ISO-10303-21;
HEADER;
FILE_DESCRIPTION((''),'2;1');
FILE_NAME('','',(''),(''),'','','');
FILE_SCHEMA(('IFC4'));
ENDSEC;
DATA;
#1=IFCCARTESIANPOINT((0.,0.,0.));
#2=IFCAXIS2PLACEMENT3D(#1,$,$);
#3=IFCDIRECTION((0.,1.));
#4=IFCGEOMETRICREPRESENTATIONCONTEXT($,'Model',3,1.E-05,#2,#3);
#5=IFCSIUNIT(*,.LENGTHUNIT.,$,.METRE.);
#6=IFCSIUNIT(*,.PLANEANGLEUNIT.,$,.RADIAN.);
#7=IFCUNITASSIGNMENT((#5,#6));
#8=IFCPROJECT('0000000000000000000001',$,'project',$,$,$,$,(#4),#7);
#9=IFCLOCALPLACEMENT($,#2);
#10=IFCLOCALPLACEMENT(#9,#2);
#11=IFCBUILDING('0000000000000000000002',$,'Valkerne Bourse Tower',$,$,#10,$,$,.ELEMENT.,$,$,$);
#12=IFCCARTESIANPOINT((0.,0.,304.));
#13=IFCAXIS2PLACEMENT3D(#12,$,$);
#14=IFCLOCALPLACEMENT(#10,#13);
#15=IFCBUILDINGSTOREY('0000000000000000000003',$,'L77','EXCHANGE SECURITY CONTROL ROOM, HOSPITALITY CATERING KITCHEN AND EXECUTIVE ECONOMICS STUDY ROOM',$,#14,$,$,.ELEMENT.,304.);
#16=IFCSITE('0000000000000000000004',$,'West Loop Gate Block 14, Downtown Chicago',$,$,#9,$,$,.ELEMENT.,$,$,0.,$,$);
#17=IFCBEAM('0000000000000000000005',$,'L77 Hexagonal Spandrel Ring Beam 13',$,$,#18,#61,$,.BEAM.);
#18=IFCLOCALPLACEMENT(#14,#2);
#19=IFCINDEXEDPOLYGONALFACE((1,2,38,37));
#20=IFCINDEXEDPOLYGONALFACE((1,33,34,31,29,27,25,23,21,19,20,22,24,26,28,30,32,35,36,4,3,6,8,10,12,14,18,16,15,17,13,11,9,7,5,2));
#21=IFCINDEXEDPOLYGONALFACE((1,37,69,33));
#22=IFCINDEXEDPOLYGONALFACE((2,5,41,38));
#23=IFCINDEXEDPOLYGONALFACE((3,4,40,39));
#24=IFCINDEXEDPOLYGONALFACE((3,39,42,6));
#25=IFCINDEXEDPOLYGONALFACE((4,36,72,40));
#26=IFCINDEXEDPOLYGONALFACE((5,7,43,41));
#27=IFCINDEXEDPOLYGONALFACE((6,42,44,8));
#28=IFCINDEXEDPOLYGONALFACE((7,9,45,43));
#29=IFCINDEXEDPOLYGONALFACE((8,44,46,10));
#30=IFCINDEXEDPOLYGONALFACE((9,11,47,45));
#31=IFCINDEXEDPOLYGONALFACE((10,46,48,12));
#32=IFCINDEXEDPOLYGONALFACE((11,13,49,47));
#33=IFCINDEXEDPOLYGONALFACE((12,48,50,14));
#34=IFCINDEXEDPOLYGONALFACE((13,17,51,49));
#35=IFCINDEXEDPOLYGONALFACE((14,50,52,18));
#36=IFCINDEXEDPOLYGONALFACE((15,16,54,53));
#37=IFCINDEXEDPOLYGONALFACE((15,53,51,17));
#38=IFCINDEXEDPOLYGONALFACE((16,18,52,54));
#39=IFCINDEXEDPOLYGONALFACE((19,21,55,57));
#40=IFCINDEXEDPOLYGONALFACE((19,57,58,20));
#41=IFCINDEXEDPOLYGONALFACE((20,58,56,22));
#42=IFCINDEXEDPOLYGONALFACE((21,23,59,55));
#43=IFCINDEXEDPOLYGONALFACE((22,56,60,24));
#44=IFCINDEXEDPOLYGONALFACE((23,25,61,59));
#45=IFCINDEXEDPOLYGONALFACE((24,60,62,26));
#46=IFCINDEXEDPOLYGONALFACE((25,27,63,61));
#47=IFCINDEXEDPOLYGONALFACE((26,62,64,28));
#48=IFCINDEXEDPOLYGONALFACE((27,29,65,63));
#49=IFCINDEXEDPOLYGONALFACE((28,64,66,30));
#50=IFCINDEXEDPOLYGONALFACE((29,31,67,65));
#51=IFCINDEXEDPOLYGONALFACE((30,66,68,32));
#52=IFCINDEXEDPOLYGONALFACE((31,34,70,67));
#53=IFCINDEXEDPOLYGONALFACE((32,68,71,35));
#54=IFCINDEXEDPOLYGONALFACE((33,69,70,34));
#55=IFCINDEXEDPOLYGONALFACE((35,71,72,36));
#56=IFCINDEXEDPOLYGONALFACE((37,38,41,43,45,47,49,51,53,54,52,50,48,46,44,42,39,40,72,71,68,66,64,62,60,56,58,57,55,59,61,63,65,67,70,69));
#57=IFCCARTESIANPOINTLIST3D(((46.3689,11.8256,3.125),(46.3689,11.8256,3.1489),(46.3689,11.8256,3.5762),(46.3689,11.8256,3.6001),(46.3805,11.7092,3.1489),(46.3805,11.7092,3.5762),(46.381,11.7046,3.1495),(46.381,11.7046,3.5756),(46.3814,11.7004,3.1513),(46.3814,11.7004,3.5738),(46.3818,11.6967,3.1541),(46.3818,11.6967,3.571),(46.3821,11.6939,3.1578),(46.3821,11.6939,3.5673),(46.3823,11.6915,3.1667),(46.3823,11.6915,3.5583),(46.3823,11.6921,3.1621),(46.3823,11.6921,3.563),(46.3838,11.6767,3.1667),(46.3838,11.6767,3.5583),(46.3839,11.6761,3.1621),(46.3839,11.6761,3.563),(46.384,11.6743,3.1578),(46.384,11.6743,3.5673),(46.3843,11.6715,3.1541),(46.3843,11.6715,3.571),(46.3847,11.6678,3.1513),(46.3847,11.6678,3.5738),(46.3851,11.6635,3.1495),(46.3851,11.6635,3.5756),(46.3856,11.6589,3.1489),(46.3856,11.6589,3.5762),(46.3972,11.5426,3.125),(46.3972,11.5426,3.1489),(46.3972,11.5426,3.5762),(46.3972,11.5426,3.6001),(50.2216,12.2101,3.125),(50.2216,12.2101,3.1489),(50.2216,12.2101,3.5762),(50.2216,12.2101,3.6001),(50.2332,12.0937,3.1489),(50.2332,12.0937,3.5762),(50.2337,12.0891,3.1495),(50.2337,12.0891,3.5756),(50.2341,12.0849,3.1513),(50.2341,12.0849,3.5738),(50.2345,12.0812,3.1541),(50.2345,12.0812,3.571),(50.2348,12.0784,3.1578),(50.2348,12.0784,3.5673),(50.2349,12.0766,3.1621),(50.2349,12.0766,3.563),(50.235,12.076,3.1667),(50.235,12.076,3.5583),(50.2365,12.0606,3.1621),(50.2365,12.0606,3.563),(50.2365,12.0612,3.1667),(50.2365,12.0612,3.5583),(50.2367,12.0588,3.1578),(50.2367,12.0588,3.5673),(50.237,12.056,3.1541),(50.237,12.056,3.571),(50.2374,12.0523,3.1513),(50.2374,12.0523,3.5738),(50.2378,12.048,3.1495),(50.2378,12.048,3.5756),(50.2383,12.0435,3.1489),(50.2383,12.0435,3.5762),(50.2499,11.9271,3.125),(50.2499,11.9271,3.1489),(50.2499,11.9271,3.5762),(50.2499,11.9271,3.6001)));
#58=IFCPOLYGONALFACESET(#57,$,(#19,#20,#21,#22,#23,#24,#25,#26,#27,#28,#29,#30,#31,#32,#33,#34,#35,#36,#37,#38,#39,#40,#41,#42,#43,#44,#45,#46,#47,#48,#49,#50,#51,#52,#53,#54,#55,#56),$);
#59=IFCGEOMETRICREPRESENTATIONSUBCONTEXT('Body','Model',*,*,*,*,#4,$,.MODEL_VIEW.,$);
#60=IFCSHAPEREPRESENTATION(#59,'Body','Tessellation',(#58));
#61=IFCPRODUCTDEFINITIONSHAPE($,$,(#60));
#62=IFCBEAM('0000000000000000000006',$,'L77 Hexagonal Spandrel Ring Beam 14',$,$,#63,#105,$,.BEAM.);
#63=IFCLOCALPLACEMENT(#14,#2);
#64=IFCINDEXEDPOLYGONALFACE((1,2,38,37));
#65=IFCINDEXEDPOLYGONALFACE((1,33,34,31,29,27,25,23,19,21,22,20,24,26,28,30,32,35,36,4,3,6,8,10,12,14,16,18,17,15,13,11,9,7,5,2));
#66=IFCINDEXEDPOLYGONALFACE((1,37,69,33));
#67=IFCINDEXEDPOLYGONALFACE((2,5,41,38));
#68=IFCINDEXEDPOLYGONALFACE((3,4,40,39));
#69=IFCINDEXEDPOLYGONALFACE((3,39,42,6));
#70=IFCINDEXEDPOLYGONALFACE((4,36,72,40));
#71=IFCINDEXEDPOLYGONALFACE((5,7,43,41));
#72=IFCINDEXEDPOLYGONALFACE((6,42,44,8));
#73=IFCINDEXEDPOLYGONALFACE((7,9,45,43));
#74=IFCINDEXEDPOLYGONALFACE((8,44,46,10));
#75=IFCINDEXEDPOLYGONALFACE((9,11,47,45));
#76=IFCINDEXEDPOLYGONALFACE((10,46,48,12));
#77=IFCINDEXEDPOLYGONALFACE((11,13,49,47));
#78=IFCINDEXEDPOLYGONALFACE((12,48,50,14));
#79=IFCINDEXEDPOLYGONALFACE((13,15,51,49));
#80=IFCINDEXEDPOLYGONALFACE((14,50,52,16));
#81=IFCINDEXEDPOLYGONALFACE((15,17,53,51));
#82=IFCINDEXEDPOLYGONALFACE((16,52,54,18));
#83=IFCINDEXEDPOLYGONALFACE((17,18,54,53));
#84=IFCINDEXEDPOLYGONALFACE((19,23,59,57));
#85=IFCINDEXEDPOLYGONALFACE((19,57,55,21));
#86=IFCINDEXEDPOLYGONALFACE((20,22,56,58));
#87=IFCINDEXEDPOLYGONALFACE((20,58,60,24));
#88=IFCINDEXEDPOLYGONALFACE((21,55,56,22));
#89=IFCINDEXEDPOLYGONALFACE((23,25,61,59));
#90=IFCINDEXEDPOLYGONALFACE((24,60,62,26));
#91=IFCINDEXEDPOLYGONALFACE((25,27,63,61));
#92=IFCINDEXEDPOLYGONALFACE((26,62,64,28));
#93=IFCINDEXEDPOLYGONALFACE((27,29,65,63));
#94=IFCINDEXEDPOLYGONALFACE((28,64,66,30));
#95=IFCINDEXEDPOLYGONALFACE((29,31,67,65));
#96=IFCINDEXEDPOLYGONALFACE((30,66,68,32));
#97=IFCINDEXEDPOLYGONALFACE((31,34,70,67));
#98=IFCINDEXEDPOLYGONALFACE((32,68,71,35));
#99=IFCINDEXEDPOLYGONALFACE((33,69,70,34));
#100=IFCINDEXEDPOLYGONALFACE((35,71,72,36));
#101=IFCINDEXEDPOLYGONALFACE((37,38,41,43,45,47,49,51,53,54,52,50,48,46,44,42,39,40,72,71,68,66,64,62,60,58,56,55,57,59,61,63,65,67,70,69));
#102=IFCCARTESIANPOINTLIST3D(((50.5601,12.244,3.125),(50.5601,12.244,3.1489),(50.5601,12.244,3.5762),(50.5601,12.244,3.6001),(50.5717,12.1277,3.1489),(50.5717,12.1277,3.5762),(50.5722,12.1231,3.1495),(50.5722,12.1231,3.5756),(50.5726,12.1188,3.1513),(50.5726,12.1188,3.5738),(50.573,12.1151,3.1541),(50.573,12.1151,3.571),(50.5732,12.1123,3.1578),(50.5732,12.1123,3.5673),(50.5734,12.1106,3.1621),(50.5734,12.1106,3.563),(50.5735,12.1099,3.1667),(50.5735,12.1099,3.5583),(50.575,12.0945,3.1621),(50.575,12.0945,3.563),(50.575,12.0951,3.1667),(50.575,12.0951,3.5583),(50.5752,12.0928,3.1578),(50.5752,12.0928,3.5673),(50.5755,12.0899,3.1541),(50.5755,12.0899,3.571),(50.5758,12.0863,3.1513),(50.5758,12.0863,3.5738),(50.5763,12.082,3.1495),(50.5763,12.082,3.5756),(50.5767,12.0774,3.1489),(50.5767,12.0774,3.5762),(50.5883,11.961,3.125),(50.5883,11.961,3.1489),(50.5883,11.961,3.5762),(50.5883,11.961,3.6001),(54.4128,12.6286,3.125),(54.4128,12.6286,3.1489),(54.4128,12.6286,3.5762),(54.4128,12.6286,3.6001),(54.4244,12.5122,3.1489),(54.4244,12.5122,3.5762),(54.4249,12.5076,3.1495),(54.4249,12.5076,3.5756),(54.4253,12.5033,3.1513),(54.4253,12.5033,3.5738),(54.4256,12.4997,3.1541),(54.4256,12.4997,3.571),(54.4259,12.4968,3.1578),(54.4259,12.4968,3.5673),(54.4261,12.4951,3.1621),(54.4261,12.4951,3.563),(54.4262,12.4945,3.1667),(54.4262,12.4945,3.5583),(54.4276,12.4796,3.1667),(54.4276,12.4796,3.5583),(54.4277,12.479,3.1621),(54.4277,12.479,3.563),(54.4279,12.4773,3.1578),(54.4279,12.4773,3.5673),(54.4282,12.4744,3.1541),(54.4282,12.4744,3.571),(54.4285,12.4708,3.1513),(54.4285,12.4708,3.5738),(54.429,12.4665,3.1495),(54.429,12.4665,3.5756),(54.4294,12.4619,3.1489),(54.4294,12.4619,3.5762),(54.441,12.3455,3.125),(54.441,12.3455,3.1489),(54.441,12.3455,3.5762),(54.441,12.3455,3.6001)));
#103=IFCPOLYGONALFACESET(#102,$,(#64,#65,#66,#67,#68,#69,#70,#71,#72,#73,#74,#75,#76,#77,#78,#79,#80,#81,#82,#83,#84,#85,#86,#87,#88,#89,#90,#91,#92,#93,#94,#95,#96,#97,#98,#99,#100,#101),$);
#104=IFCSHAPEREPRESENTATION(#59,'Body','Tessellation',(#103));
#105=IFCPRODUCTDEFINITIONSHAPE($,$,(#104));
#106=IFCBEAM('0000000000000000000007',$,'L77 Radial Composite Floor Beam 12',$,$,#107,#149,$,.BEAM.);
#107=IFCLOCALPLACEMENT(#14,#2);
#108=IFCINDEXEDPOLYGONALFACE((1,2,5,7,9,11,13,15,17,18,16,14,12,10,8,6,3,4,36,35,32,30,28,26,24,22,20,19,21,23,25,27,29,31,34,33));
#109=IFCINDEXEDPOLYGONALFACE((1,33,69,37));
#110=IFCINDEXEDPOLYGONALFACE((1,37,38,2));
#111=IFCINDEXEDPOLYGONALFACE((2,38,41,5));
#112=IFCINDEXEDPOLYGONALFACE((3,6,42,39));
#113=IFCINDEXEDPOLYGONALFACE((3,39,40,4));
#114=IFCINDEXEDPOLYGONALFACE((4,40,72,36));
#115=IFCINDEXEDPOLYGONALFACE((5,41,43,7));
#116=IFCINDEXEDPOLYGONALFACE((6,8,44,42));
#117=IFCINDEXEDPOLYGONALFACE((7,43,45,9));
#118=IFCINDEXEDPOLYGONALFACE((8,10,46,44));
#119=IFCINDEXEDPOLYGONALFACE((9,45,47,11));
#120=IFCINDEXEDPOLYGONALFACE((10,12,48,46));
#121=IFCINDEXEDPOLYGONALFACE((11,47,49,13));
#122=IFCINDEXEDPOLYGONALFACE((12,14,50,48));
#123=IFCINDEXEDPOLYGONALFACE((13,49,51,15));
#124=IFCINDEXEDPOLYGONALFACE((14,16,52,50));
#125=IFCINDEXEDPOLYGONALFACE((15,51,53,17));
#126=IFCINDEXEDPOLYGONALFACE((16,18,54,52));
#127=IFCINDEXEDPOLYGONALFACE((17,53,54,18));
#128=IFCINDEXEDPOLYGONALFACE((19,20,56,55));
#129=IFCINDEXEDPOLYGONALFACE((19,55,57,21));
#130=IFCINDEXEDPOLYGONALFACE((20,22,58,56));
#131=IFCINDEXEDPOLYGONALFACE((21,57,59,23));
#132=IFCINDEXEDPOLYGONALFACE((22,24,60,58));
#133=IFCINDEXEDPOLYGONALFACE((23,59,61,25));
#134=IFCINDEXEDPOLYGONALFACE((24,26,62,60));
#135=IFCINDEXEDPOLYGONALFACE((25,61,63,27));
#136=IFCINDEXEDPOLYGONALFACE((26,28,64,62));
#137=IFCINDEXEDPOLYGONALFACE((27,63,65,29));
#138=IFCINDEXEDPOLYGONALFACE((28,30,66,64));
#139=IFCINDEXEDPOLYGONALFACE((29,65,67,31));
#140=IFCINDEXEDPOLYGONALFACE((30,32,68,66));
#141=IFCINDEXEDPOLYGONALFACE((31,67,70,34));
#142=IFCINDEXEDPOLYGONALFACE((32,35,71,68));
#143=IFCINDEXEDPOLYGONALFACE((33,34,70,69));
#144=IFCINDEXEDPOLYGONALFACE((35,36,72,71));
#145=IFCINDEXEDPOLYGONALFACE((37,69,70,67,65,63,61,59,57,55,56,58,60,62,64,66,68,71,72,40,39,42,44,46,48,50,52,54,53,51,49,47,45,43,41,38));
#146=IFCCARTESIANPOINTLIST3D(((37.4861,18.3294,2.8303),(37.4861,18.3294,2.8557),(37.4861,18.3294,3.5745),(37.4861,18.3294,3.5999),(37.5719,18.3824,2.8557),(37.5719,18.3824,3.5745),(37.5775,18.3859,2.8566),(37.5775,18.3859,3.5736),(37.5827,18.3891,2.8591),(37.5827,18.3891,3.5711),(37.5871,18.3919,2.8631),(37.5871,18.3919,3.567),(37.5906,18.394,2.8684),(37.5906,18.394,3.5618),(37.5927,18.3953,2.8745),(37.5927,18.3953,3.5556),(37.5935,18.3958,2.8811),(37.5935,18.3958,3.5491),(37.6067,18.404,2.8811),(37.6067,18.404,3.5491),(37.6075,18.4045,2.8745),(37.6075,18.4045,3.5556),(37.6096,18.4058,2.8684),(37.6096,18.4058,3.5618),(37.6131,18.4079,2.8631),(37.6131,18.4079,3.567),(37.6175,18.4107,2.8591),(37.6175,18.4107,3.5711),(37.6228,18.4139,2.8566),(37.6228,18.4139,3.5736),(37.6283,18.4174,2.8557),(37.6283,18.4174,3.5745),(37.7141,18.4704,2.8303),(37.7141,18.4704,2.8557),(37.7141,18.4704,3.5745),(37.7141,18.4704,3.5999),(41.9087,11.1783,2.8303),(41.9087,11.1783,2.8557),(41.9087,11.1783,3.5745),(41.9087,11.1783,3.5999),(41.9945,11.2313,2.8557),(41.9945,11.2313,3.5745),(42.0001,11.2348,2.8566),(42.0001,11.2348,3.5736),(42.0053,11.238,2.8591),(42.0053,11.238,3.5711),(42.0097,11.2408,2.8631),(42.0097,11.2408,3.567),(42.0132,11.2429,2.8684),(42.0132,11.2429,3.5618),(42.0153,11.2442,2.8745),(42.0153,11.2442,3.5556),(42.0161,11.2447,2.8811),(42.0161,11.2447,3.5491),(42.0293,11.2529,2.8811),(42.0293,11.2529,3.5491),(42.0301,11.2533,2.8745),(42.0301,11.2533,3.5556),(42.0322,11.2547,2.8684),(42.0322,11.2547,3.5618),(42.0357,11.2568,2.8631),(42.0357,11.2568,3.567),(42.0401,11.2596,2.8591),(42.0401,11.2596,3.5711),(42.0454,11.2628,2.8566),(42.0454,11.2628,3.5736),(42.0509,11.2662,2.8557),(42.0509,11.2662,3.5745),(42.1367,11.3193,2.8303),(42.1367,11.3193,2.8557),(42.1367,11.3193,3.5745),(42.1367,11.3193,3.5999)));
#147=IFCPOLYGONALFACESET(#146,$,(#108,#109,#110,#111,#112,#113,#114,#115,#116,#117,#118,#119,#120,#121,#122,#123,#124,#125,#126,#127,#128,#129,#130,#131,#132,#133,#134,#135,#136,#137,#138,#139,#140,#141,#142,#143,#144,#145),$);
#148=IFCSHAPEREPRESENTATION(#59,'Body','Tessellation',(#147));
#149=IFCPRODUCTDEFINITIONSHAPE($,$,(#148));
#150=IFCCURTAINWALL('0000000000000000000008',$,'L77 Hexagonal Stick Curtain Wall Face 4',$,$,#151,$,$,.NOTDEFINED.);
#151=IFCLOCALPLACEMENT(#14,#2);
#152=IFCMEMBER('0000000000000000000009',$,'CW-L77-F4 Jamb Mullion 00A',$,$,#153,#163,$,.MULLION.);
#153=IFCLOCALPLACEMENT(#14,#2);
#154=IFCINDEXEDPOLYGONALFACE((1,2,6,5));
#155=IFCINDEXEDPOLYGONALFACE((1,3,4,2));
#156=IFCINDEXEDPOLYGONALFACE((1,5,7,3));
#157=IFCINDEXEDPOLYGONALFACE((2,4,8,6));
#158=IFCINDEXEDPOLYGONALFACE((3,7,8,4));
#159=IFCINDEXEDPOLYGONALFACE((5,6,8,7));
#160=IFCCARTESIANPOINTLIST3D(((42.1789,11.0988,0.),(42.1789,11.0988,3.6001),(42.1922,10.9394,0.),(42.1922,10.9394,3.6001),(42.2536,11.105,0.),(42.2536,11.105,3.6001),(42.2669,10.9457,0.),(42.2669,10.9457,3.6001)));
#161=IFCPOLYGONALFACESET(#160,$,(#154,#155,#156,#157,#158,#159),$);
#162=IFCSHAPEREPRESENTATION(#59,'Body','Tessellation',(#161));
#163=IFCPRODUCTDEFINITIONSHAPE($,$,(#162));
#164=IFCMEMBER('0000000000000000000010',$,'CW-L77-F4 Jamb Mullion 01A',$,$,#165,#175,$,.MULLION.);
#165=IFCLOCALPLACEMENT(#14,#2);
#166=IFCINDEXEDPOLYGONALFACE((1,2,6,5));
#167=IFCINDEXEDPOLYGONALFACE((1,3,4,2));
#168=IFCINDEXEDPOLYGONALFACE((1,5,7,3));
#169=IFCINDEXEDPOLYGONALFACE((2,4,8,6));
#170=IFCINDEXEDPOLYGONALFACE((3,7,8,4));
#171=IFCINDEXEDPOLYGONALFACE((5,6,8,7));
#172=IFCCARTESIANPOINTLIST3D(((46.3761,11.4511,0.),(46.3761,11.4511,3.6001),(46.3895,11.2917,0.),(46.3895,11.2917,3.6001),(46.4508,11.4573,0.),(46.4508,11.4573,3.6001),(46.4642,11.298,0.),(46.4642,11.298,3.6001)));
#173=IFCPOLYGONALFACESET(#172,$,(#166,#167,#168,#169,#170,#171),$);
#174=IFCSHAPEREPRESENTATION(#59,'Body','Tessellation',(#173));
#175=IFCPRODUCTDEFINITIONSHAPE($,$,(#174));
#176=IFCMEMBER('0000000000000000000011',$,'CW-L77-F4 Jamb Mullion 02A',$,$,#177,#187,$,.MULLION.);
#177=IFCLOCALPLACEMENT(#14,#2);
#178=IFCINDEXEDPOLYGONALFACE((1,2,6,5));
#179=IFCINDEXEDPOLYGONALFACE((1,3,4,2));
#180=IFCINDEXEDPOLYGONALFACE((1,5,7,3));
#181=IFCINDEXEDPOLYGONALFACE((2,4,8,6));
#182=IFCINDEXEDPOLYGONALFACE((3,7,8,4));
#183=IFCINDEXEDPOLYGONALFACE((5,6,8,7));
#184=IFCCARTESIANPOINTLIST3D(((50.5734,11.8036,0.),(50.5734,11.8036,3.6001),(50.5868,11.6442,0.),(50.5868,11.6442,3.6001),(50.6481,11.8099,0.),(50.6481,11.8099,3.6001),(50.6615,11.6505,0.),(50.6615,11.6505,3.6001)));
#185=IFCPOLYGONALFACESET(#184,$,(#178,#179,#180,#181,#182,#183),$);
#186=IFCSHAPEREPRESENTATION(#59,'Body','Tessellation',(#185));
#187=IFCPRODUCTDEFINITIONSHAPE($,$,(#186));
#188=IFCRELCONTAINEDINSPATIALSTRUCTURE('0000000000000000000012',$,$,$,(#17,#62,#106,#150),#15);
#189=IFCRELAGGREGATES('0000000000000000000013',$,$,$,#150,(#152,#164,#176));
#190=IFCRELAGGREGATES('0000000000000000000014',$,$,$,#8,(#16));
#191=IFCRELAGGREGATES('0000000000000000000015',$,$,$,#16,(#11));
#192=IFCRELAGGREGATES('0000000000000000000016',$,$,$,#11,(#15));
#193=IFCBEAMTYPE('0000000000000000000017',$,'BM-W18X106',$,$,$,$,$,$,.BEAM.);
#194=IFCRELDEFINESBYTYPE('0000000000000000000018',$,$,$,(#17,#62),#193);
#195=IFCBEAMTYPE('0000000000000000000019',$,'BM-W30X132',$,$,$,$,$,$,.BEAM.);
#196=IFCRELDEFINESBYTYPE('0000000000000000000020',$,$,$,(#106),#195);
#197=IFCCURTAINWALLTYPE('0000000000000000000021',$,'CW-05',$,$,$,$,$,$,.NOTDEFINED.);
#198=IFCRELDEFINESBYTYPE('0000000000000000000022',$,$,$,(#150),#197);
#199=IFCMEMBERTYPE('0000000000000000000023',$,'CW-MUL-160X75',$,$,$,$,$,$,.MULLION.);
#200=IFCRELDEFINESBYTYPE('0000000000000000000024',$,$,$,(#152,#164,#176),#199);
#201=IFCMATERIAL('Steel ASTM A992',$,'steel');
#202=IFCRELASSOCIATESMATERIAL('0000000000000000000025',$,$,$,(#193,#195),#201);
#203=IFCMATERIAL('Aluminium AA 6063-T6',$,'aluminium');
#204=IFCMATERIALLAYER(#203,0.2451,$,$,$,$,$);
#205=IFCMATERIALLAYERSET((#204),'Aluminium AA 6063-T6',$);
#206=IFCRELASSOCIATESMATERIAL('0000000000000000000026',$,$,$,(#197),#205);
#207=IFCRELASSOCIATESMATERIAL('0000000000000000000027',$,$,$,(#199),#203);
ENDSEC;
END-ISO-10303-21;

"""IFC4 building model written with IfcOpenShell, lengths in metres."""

from ifc_helpers import new_model, si_unit, direction, frame, origin, origin_2d, place, context, subcontext, project, spatial, rectangle, i_section, extrude, material, layer, layer_set, material_profile, profile_set, type_object, element, aggregate, save


model = new_model("IFC4")

# Units and contexts
model_context = context("Model", 3, precision=1e-05, world=origin(), true_north=direction((0.0, 1.0)))
body_context = subcontext(model_context, "Body", "Model", "MODEL_VIEW")
ifc_project = project(units=[si_unit("LENGTHUNIT", "METRE"), si_unit("PLANEANGLEUNIT", "RADIAN")], contexts=[model_context])

# Site, building, storey
site_placement = place(None, origin())
site = spatial("IfcSite", under=ifc_project, at=site_placement, Name="West Loop Gate Block 14, Downtown Chicago", CompositionType="ELEMENT", RefElevation=0.0)
building_placement = place(site_placement, origin())
building = spatial("IfcBuilding", under=site, at=building_placement, Name="Valkerne Bourse Tower", CompositionType="ELEMENT")
storey_placement = place(building_placement, frame((0.0, 0.0, 304.0)))
storey = spatial("IfcBuildingStorey", under=building, at=storey_placement, Name="L77", Description="EXCHANGE SECURITY CONTROL ROOM, HOSPITALITY CATERING KITCHEN AND EXECUTIVE ECONOMICS STUDY ROOM", CompositionType="ELEMENT", Elevation=304.0)

# Beams
ifc_material_1 = material(Name="Steel ASTM A992", Category="steel")
ifc_material_profile_1 = material_profile(ifc_material_1, i_section(OverallWidth=0.2844, OverallDepth=0.4751, WebThickness=0.0149, FlangeThickness=0.0239, FilletRadius=0.0178, at=origin_2d()), Name="W18X106")
ifc_profile_set_1 = profile_set([ifc_material_profile_1], Name="Steel ASTM A992")
beam_type_1 = type_object("IfcBeamType", Name="BM-W18X106", PredefinedType="BEAM", material=ifc_profile_set_1)
for number, where, z_axis, x_axis, name in (
    (1, (46.3831, 11.6841, 3.3625), (0.995057, 0.09931, 0.0), (-0.09931, 0.995057, 0.0), "L77 Hexagonal Spandrel Ring Beam 13"),
    (2, (50.5742, 12.1025, 3.3625), (0.995057, 0.09931, 0.0), (-0.09931, 0.995057, 0.0), "L77 Hexagonal Spandrel Ring Beam 14"),
):
    element("IfcBeam", number, at=place(storey_placement, frame(where, z_axis=z_axis, x_axis=x_axis)), inside=storey, type_object=beam_type_1, Name=name, PredefinedType="BEAM", context=body_context, shape_type="SweptSolid", body=[
        extrude(i_section(OverallWidth=0.2844, OverallDepth=0.4751, WebThickness=0.0149, FlangeThickness=0.0239, FilletRadius=0.0178, at=origin_2d()), origin(), (0.0, 0.0, 1.0), 3.8718),
    ])
ifc_material_profile_2 = material_profile(ifc_material_1, i_section(OverallWidth=0.2681, OverallDepth=0.7695, WebThickness=0.0156, FlangeThickness=0.0254, FilletRadius=0.0254, at=origin_2d()), Name="W30X132")
ifc_profile_set_2 = profile_set([ifc_material_profile_2], Name="Steel ASTM A992")
beam_type_2 = type_object("IfcBeamType", Name="BM-W30X132", PredefinedType="BEAM", material=ifc_profile_set_2)
beam_placement = place(storey_placement, frame((42.0227, 11.2488, 3.2151), z_axis=(-0.525987, 0.850493, 0.0), x_axis=(-0.850493, -0.525987, 0.0)))
element("IfcBeam", 3, at=beam_placement, inside=storey, type_object=beam_type_2, Name="L77 Radial Composite Floor Beam 12", PredefinedType="BEAM", context=body_context, shape_type="SweptSolid", body=[
    extrude(i_section(OverallWidth=0.2681, OverallDepth=0.7695, WebThickness=0.0156, FlangeThickness=0.0254, FilletRadius=0.0254, at=origin_2d()), origin(), (0.0, 0.0, 1.0), 8.4082),
])

# Curtain wall, members
ifc_material_2 = material(Name="Aluminium AA 6063-T6", Category="aluminium")
ifc_layer_1 = layer(ifc_material_2, 0.2451)
ifc_layer_set_1 = layer_set([ifc_layer_1], Name="Aluminium AA 6063-T6")
curtain_wall_type = type_object("IfcCurtainWallType", Name="CW-05", PredefinedType="NOTDEFINED", material=ifc_layer_set_1)
curtain_wall_placement = place(storey_placement, origin())
curtain_wall = element("IfcCurtainWall", 4, at=curtain_wall_placement, inside=storey, type_object=curtain_wall_type, Name="L77 Hexagonal Stick Curtain Wall Face 4", PredefinedType="NOTDEFINED")
ifc_material_profile_3 = material_profile(ifc_material_2, rectangle(XDim=0.075, YDim=0.1599, at=origin_2d()), Name="CWM-75X160")
ifc_profile_set_3 = profile_set([ifc_material_profile_3], Name="Aluminium AA 6063-T6")
member_type_1 = type_object("IfcMemberType", Name="CW-MUL-160X75", PredefinedType="MULLION", material=ifc_profile_set_3)
member_1_placement = place(storey_placement, frame((42.2229, 11.0222, 0.0), z_axis=(0.0, 0.0, 1.0), x_axis=(0.996494, 0.083666, 0.0)))
member_1 = element("IfcMember", 5, at=member_1_placement, type_object=member_type_1, Name="CW-L77-F4 Jamb Mullion 00A", PredefinedType="MULLION", context=body_context, shape_type="SweptSolid", body=[
    extrude(rectangle(XDim=0.075, YDim=0.1599, at=origin_2d()), origin(), (0.0, 0.0, 1.0), 3.6001),
])
member_2_placement = place(storey_placement, frame((46.4202, 11.3745, 0.0), z_axis=(0.0, 0.0, 1.0), x_axis=(0.996492, 0.08369, 0.0)))
member_2 = element("IfcMember", 6, at=member_2_placement, type_object=member_type_1, Name="CW-L77-F4 Jamb Mullion 01A", PredefinedType="MULLION", context=body_context, shape_type="SweptSolid", body=[
    extrude(rectangle(XDim=0.075, YDim=0.1599, at=origin_2d()), origin(), (0.0, 0.0, 1.0), 3.6001),
])
member_3_placement = place(storey_placement, frame((50.6174, 11.7271, 0.0), z_axis=(0.0, 0.0, 1.0), x_axis=(0.996494, 0.083666, 0.0)))
member_3 = element("IfcMember", 7, at=member_3_placement, type_object=member_type_1, Name="CW-L77-F4 Jamb Mullion 02A", PredefinedType="MULLION", context=body_context, shape_type="SweptSolid", body=[
    extrude(rectangle(XDim=0.075, YDim=0.1599, at=origin_2d()), origin(), (0.0, 0.0, 1.0), 3.6001),
])

aggregate(curtain_wall, [member_1, member_2, member_3])

save(model, "model.ifc")
